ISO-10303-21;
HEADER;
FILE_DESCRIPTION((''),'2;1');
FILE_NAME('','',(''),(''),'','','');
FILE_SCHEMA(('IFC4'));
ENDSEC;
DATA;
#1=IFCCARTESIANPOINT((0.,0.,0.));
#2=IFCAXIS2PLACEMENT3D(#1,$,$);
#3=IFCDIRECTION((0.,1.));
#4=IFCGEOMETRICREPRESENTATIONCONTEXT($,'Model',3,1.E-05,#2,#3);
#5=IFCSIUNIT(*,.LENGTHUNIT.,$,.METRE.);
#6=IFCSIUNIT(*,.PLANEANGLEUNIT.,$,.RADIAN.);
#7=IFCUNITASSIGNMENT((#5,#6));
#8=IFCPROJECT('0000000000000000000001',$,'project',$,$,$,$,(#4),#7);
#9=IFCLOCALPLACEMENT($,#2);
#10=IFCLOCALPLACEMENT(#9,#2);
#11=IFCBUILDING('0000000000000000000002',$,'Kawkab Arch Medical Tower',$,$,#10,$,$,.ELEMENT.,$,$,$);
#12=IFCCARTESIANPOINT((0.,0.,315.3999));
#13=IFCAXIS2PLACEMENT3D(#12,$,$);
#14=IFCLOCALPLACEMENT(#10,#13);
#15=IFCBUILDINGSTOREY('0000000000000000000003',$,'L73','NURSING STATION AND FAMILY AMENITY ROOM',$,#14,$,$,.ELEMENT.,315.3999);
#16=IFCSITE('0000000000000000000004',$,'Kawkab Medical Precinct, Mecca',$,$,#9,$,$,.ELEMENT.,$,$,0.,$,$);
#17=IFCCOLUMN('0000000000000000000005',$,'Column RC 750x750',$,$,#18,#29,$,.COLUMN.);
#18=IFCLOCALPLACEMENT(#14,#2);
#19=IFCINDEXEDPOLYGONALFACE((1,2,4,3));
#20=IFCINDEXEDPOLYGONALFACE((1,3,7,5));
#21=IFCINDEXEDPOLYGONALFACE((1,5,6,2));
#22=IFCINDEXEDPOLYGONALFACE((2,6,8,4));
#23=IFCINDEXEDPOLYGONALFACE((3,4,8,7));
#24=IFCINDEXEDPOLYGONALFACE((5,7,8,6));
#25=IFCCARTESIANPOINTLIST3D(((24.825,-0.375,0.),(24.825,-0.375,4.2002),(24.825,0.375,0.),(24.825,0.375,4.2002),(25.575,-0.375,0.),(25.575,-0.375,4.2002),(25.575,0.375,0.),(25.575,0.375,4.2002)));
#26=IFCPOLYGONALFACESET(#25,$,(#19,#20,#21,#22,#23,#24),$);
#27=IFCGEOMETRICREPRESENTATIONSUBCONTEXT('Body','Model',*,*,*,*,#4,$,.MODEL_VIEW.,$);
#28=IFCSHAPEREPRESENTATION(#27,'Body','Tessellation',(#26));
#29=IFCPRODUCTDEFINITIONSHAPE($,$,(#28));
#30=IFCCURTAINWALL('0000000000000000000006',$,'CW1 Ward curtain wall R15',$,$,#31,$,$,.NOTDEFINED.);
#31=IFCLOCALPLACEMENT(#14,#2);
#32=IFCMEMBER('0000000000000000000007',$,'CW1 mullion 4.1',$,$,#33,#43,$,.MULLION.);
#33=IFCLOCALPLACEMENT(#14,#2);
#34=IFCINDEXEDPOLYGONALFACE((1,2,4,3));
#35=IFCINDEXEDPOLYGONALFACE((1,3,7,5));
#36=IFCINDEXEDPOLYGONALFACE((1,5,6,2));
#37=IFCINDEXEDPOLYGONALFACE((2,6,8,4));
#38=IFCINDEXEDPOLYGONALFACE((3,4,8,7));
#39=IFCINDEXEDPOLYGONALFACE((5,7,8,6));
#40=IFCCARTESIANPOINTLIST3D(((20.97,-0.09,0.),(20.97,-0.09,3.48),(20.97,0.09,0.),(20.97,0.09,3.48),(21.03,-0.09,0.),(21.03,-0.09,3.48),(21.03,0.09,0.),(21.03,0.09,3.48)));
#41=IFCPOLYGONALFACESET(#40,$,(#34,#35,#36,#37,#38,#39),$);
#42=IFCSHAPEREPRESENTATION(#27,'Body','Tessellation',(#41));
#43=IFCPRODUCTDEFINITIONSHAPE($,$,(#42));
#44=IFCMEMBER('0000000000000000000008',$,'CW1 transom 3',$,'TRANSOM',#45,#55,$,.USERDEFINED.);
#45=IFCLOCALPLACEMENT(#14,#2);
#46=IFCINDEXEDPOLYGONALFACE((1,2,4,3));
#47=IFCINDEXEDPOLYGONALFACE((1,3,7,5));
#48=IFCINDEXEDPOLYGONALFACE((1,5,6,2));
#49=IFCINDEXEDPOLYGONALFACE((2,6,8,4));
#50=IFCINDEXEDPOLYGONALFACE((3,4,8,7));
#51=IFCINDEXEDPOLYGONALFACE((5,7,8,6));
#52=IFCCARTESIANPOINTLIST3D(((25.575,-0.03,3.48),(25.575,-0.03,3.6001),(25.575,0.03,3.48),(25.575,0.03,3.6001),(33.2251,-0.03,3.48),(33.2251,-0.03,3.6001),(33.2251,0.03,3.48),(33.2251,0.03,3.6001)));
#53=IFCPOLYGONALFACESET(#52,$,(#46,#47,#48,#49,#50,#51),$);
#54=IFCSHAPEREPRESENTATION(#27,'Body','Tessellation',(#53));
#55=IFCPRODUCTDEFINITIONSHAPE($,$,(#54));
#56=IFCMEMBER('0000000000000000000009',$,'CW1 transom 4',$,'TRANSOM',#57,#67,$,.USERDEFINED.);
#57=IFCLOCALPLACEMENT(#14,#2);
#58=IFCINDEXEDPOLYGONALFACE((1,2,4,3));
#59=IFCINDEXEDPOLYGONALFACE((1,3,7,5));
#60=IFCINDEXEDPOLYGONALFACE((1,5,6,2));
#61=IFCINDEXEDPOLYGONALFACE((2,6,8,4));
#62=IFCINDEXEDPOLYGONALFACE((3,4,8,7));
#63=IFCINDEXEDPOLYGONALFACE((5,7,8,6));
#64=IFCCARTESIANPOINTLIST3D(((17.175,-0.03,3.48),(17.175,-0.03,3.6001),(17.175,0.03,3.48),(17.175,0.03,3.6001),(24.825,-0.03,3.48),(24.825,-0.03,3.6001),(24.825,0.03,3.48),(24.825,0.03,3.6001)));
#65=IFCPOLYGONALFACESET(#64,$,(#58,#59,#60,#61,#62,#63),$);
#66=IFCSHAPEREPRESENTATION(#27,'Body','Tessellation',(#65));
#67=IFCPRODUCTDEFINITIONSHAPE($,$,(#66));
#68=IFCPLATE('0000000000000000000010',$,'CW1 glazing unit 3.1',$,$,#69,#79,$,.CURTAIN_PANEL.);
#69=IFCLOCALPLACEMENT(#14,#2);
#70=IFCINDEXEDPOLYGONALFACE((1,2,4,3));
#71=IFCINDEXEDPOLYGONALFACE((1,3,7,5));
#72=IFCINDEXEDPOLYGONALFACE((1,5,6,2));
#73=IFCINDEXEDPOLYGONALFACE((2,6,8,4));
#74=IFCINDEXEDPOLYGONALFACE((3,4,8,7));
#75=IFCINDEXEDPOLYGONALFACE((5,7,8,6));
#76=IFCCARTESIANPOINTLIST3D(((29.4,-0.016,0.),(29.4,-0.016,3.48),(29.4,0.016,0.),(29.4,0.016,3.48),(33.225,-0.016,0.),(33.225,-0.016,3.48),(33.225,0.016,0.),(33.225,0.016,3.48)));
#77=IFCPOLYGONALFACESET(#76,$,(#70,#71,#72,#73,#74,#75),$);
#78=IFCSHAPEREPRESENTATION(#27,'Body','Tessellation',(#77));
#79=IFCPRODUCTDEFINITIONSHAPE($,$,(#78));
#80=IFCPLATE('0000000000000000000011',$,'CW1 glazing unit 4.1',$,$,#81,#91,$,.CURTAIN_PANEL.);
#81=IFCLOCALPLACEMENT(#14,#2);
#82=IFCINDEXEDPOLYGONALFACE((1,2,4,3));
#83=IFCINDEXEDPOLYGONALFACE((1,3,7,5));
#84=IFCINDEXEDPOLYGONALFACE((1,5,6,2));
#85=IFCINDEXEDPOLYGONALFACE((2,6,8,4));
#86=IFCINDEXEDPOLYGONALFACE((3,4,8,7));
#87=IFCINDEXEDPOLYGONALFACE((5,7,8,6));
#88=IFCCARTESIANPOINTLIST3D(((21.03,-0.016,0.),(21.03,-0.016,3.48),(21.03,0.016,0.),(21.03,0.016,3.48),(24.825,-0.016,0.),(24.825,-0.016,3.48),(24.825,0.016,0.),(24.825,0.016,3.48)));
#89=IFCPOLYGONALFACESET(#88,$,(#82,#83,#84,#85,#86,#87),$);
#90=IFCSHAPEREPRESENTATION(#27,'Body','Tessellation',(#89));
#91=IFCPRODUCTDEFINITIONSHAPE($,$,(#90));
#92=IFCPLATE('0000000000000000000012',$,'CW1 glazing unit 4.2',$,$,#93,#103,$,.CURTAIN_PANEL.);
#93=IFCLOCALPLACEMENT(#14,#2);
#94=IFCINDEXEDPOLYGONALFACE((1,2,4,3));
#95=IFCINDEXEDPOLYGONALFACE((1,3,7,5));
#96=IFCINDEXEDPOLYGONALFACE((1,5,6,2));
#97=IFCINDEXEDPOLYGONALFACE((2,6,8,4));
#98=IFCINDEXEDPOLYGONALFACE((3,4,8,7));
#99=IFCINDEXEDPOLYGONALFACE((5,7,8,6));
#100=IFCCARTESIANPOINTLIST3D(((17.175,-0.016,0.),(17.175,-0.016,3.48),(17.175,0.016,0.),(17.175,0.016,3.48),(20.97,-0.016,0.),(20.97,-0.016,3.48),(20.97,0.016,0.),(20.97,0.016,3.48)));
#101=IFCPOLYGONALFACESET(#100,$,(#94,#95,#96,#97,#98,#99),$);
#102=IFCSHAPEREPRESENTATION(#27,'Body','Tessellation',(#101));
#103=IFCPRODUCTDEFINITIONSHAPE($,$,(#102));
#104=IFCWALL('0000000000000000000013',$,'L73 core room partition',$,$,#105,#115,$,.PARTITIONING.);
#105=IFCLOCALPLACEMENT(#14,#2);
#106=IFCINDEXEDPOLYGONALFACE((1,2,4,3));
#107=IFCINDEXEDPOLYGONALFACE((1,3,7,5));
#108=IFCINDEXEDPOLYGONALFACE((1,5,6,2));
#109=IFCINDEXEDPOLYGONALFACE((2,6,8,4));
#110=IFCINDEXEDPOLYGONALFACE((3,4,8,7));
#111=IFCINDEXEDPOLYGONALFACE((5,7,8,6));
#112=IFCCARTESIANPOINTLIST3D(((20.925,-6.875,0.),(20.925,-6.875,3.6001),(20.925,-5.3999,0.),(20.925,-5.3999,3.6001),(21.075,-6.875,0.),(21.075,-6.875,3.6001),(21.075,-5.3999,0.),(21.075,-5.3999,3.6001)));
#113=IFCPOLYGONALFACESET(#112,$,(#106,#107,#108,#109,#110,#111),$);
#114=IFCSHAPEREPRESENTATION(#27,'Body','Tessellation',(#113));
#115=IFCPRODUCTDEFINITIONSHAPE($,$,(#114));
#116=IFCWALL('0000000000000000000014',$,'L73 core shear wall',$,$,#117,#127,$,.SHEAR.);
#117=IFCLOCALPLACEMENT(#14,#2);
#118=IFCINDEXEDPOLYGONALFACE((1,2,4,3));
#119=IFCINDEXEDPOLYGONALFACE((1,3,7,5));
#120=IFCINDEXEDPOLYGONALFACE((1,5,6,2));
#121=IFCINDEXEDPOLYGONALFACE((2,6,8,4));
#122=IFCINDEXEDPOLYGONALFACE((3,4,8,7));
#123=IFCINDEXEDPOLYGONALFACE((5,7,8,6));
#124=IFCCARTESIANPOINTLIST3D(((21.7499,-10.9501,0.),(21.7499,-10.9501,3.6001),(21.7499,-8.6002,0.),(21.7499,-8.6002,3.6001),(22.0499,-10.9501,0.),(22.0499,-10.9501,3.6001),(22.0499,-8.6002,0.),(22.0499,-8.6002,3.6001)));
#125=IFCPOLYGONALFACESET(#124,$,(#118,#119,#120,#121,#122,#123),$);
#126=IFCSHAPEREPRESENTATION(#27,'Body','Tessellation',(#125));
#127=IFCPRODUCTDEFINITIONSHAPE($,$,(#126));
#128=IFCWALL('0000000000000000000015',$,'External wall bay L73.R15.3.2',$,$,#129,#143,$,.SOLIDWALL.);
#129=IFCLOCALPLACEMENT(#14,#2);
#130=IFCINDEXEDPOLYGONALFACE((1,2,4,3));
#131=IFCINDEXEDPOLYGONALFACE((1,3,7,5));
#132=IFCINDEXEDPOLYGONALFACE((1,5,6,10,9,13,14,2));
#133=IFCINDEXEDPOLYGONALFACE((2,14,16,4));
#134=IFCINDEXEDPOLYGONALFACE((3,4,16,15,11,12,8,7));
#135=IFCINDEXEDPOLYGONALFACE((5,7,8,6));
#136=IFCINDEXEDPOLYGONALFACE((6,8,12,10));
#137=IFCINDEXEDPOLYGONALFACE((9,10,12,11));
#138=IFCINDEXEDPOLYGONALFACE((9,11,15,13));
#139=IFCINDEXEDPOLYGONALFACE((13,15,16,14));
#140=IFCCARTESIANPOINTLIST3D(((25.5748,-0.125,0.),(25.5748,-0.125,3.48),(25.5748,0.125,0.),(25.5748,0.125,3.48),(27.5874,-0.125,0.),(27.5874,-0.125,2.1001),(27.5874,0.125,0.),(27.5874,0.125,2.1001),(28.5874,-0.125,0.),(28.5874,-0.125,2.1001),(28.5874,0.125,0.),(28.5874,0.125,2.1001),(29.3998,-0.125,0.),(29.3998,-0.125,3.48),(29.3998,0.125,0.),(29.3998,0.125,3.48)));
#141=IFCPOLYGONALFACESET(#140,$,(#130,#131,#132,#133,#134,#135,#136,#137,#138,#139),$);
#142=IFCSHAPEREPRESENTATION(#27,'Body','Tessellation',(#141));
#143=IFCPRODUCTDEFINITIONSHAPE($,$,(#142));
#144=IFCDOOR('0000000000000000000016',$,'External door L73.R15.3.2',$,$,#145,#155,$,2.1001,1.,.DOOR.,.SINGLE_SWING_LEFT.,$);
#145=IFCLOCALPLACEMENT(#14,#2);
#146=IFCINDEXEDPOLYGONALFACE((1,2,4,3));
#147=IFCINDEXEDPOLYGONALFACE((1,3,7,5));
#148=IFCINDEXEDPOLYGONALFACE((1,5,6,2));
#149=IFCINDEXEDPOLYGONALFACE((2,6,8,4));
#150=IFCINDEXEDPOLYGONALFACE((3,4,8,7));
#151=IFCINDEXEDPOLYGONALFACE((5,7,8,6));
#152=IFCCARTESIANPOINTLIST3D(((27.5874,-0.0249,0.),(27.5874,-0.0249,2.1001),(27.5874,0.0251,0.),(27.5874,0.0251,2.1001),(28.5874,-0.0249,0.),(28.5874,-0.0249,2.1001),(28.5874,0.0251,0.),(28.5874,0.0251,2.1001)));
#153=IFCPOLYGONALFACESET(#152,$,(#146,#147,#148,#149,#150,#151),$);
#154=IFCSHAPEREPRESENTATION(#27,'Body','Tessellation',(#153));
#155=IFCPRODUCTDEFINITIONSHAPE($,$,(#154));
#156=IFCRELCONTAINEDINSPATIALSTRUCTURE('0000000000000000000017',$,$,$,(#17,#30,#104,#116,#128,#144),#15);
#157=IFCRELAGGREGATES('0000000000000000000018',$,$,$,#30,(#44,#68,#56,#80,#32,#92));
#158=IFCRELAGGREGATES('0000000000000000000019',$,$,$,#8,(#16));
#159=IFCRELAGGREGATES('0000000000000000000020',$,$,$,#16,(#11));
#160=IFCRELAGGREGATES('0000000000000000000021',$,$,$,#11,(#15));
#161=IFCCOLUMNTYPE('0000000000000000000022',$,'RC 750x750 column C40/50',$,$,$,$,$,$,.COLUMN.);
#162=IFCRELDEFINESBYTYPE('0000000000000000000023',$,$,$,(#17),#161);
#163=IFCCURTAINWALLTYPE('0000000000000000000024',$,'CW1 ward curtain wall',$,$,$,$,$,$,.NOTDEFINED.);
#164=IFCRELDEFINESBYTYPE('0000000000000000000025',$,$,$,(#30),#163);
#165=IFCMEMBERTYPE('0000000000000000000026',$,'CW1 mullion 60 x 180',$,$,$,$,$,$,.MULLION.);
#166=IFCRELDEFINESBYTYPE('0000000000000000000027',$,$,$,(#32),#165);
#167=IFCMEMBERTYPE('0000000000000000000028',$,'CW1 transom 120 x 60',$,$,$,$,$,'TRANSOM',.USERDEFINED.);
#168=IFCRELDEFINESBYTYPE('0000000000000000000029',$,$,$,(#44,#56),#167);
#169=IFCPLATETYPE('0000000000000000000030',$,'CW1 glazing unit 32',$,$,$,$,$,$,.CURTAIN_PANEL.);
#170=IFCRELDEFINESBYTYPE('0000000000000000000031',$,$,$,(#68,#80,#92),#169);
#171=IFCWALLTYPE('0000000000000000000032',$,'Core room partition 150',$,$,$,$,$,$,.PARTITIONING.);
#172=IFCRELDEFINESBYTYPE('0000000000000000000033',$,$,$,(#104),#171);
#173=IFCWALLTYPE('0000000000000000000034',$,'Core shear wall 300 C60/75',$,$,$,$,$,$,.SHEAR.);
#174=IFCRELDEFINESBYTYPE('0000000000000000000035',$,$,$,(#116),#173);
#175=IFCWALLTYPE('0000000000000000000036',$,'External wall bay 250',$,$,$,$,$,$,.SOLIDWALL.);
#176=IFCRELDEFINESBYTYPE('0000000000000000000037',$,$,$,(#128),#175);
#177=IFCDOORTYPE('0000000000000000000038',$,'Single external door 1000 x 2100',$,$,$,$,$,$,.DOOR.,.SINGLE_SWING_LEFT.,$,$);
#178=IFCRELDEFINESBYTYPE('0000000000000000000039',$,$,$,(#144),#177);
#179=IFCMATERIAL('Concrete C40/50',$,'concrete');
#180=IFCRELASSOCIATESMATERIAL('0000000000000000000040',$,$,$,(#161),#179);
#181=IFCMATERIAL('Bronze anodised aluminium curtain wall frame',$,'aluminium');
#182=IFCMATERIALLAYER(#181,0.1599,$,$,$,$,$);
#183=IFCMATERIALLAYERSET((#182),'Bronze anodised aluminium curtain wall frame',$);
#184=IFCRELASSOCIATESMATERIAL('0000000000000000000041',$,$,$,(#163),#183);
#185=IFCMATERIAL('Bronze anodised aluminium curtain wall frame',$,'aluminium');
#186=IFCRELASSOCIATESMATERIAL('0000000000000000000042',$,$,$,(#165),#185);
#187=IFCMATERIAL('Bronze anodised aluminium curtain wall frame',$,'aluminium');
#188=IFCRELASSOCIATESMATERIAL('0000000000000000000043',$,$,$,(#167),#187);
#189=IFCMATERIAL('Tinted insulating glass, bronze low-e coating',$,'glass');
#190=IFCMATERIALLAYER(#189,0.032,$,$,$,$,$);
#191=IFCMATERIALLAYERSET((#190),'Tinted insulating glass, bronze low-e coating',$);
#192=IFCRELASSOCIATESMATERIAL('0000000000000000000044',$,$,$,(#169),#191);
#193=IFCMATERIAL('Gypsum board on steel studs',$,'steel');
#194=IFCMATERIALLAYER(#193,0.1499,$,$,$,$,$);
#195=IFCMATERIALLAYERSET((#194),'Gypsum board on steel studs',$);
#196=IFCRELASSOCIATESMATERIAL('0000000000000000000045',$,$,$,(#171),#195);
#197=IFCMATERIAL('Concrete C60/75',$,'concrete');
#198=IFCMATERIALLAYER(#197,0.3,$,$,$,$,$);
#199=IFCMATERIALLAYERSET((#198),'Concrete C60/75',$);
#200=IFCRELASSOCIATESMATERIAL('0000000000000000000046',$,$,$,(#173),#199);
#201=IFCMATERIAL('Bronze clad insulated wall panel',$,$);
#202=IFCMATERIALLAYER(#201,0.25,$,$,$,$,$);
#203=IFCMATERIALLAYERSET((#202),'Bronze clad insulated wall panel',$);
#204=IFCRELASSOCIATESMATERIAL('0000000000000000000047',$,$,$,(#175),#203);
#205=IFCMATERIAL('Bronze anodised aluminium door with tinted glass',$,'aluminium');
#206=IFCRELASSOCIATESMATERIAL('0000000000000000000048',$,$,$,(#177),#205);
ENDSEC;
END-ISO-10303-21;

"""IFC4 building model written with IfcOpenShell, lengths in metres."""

from ifc_helpers import new_model, si_unit, direction, frame, frame_2d, origin, origin_2d, place, context, subcontext, project, spatial, rectangle, extrude, material, layer, layer_set, material_profile, profile_set, type_object, element, fill, aggregate, save


model = new_model("IFC4")

# Units and contexts
model_context = context("Model", 3, precision=1e-05, world=origin(), true_north=direction((0.0, 1.0)))
body_context = subcontext(model_context, "Body", "Model", "MODEL_VIEW")
ifc_project = project(units=[si_unit("LENGTHUNIT", "METRE"), si_unit("PLANEANGLEUNIT", "RADIAN")], contexts=[model_context])

# Site, building, storey
site_placement = place(None, origin())
site = spatial("IfcSite", under=ifc_project, at=site_placement, Name="Kawkab Medical Precinct, Mecca", CompositionType="ELEMENT", RefElevation=0.0)
building_placement = place(site_placement, origin())
building = spatial("IfcBuilding", under=site, at=building_placement, Name="Kawkab Arch Medical Tower", CompositionType="ELEMENT")
storey_placement = place(building_placement, frame((0.0, 0.0, 315.3999)))
storey = spatial("IfcBuildingStorey", under=building, at=storey_placement, Name="L73", Description="NURSING STATION AND FAMILY AMENITY ROOM", CompositionType="ELEMENT", Elevation=315.3999)

# Column
ifc_material_1 = material(Name="Concrete C40/50", Category="concrete")
ifc_material_profile_1 = material_profile(ifc_material_1, rectangle(XDim=0.75, YDim=0.75, at=origin_2d()), Name="RC 750x750")
ifc_profile_set_1 = profile_set([ifc_material_profile_1], Name="Concrete C40/50")
column_type = type_object("IfcColumnType", Name="RC 750x750 column C40/50", PredefinedType="COLUMN", material=ifc_profile_set_1)
column_placement = place(storey_placement, frame((25.2, 0.0, 0.0), z_axis=(0.0, 0.0, 1.0), x_axis=(1.0, 0.0, 0.0)))
element("IfcColumn", 1, at=column_placement, inside=storey, type_object=column_type, Name="Column RC 750x750", PredefinedType="COLUMN", context=body_context, shape_type="SweptSolid", body=[
    extrude(rectangle(XDim=0.75, YDim=0.75, at=origin_2d()), origin(), (0.0, 0.0, 1.0), 4.2002),
])

# Curtain wall, members, plates
ifc_material_2 = material(Name="Bronze anodised aluminium curtain wall frame", Category="aluminium")
ifc_layer_1 = layer(ifc_material_2, 0.1599)
ifc_layer_set_1 = layer_set([ifc_layer_1], Name="Bronze anodised aluminium curtain wall frame")
curtain_wall_type = type_object("IfcCurtainWallType", Name="CW1 ward curtain wall", PredefinedType="NOTDEFINED", material=ifc_layer_set_1)
placement = place(storey_placement, origin())
curtain_wall = element("IfcCurtainWall", 2, at=placement, inside=storey, type_object=curtain_wall_type, Name="CW1 Ward curtain wall R15", PredefinedType="NOTDEFINED")
ifc_material_3 = material(Name="Bronze anodised aluminium curtain wall frame", Category="aluminium")
ifc_material_profile_2 = material_profile(ifc_material_3, rectangle(XDim=0.1799, YDim=0.0601, at=origin_2d()), Name="AL 60x180")
ifc_profile_set_2 = profile_set([ifc_material_profile_2], Name="Bronze anodised aluminium curtain wall frame")
member_type_1 = type_object("IfcMemberType", Name="CW1 mullion 60 x 180", PredefinedType="MULLION", material=ifc_profile_set_2)
member_1_placement = place(storey_placement, frame((21.0, 0.0, 0.0), z_axis=(0.0, 0.0, 1.0), x_axis=(0.0, -1.0, 0.0)))
member_1 = element("IfcMember", 3, at=member_1_placement, type_object=member_type_1, Name="CW1 mullion 4.1", PredefinedType="MULLION", context=body_context, shape_type="SweptSolid", body=[
    extrude(rectangle(XDim=0.1799, YDim=0.0601, at=origin_2d()), origin(), (0.0, 0.0, 1.0), 3.48),
])
ifc_material_4 = material(Name="Bronze anodised aluminium curtain wall frame", Category="aluminium")
ifc_material_profile_3 = material_profile(ifc_material_4, rectangle(XDim=0.0601, YDim=0.1201, at=origin_2d()), Name="AL 60x120")
ifc_profile_set_3 = profile_set([ifc_material_profile_3], Name="Bronze anodised aluminium curtain wall frame")
member_type_2 = type_object("IfcMemberType", Name="CW1 transom 120 x 60", ElementType="TRANSOM", PredefinedType="USERDEFINED", material=ifc_profile_set_3)
member_2_placement = place(storey_placement, frame((33.2251, 0.0, 3.54), z_axis=(-1.0, 0.0, 0.0), x_axis=(0.0, -1.0, 0.0)))
member_2 = element("IfcMember", 4, at=member_2_placement, type_object=member_type_2, Name="CW1 transom 3", ObjectType="TRANSOM", PredefinedType="USERDEFINED", context=body_context, shape_type="SweptSolid", body=[
    extrude(rectangle(XDim=0.0601, YDim=0.1201, at=origin_2d()), origin(), (0.0, 0.0, 1.0), 7.6501),
])
member_3_placement = place(storey_placement, frame((24.825, 0.0, 3.54), z_axis=(-1.0, 0.0, 0.0), x_axis=(0.0, -1.0, 0.0)))
member_3 = element("IfcMember", 5, at=member_3_placement, type_object=member_type_2, Name="CW1 transom 4", ObjectType="TRANSOM", PredefinedType="USERDEFINED", context=body_context, shape_type="SweptSolid", body=[
    extrude(rectangle(XDim=0.0601, YDim=0.1201, at=origin_2d()), origin(), (0.0, 0.0, 1.0), 7.6499),
])
ifc_material_5 = material(Name="Tinted insulating glass, bronze low-e coating", Category="glass")
ifc_layer_2 = layer(ifc_material_5, 0.032)
ifc_layer_set_2 = layer_set([ifc_layer_2], Name="Tinted insulating glass, bronze low-e coating")
plate_type = type_object("IfcPlateType", Name="CW1 glazing unit 32", PredefinedType="CURTAIN_PANEL", material=ifc_layer_set_2)
plate_1_placement = place(storey_placement, frame((31.3125, 0.0, 0.0), z_axis=(0.0, 0.0, 1.0), x_axis=(-1.0, 0.0, 0.0)))
plate_1 = element("IfcPlate", 6, at=plate_1_placement, type_object=plate_type, Name="CW1 glazing unit 3.1", PredefinedType="CURTAIN_PANEL", context=body_context, shape_type="SweptSolid", body=[
    extrude(rectangle(XDim=3.825, YDim=0.032, at=origin_2d()), origin(), (0.0, 0.0, 1.0), 3.48),
])
plate_2_placement = place(storey_placement, frame((22.9275, 0.0, 0.0), z_axis=(0.0, 0.0, 1.0), x_axis=(-1.0, 0.0, 0.0)))
plate_2 = element("IfcPlate", 7, at=plate_2_placement, type_object=plate_type, Name="CW1 glazing unit 4.1", PredefinedType="CURTAIN_PANEL", context=body_context, shape_type="SweptSolid", body=[
    extrude(rectangle(XDim=3.7949, YDim=0.032, at=origin_2d()), origin(), (0.0, 0.0, 1.0), 3.48),
])
plate_3_placement = place(storey_placement, frame((19.0725, 0.0, 0.0), z_axis=(0.0, 0.0, 1.0), x_axis=(-1.0, 0.0, 0.0)))
plate_3 = element("IfcPlate", 8, at=plate_3_placement, type_object=plate_type, Name="CW1 glazing unit 4.2", PredefinedType="CURTAIN_PANEL", context=body_context, shape_type="SweptSolid", body=[
    extrude(rectangle(XDim=3.7949, YDim=0.032, at=origin_2d()), origin(), (0.0, 0.0, 1.0), 3.48),
])
aggregate(curtain_wall, [member_2, plate_1, member_3, plate_2, member_1, plate_3])

# Walls
ifc_material_6 = material(Name="Gypsum board on steel studs", Category="steel")
ifc_layer_3 = layer(ifc_material_6, 0.1499)
ifc_layer_set_3 = layer_set([ifc_layer_3], Name="Gypsum board on steel studs")
wall_type_1 = type_object("IfcWallType", Name="Core room partition 150", PredefinedType="PARTITIONING", material=ifc_layer_set_3)
wall_1_placement = place(storey_placement, frame((21.0, -6.875, 0.0), z_axis=(0.0, 0.0, 1.0), x_axis=(0.0, 1.0, 0.0)))
element("IfcWall", 9, at=wall_1_placement, inside=storey, type_object=wall_type_1, Name="L73 core room partition", PredefinedType="PARTITIONING", context=body_context, shape_type="SweptSolid", body=[
    extrude(rectangle(XDim=1.4751, YDim=0.1499, at=frame_2d((0.7375, 0.0))), origin(), (0.0, 0.0, 1.0), 3.6001),
])
ifc_material_7 = material(Name="Concrete C60/75", Category="concrete")
ifc_layer_4 = layer(ifc_material_7, 0.3)
ifc_layer_set_4 = layer_set([ifc_layer_4], Name="Concrete C60/75")
wall_type_2 = type_object("IfcWallType", Name="Core shear wall 300 C60/75", PredefinedType="SHEAR", material=ifc_layer_set_4)
wall_2_placement = place(storey_placement, frame((21.8999, -10.95, 0.0), z_axis=(0.0, 0.0, 1.0), x_axis=(0.0, 1.0, 0.0)))
element("IfcWall", 10, at=wall_2_placement, inside=storey, type_object=wall_type_2, Name="L73 core shear wall", PredefinedType="SHEAR", context=body_context, shape_type="SweptSolid", body=[
    extrude(rectangle(XDim=2.3499, YDim=0.3, at=frame_2d((1.1748, 0.0))), origin(), (0.0, 0.0, 1.0), 3.6001),
])

# Wall, opening, door
ifc_material_8 = material(Name="Bronze clad insulated wall panel")
ifc_layer_5 = layer(ifc_material_8, 0.25)
ifc_layer_set_5 = layer_set([ifc_layer_5], Name="Bronze clad insulated wall panel")
wall_type_3 = type_object("IfcWallType", Name="External wall bay 250", PredefinedType="SOLIDWALL", material=ifc_layer_set_5)
wall_3_placement = place(storey_placement, frame((29.3999, 0.0, 0.0), z_axis=(0.0, 0.0, 1.0), x_axis=(-1.0, 0.0, 0.0)))
wall_3 = element("IfcWall", 11, at=wall_3_placement, inside=storey, type_object=wall_type_3, Name="External wall bay L73.R15.3.2", PredefinedType="SOLIDWALL", context=body_context, shape_type="SweptSolid", body=[
    extrude(rectangle(XDim=3.825, YDim=0.25, at=frame_2d((1.9126, 0.0))), origin(), (0.0, 0.0, 1.0), 3.48),
])
opening_1_placement = place(wall_3_placement, frame((0.8125, 0.0, 0.0)))
opening_1 = element("IfcOpeningElement", 12, at=opening_1_placement, cuts=wall_3, PredefinedType="OPENING", context=body_context, shape_type="SweptSolid", body=[
    extrude(rectangle(XDim=1.0, YDim=2.1001, at=frame_2d((0.5, 1.05))), frame((0.0, 0.135, 0.0), z_axis=(0.0, -1.0, 0.0), x_axis=(1.0, 0.0, 0.0)), (0.0, 0.0, 1.0), 0.27),
])
ifc_material_9 = material(Name="Bronze anodised aluminium door with tinted glass", Category="aluminium")
door_type_1 = type_object("IfcDoorType", Name="Single external door 1000 x 2100", OperationType="SINGLE_SWING_LEFT", PredefinedType="DOOR", material=ifc_material_9)
door_1_placement = place(opening_1_placement, origin())
door_1 = element("IfcDoor", 13, at=door_1_placement, inside=storey, type_object=door_type_1, Name="External door L73.R15.3.2", OperationType="SINGLE_SWING_LEFT", OverallHeight=2.1001, OverallWidth=1.0, PredefinedType="DOOR", context=body_context, shape_type="SweptSolid", body=[
    extrude(rectangle(XDim=1.0, YDim=2.1001, at=frame_2d((0.5, 1.05))), frame((0.0, 0.0249, 0.0), z_axis=(0.0, -1.0, 0.0), x_axis=(1.0, 0.0, 0.0)), (0.0, 0.0, 1.0), 0.05),
])
fill(opening_1, door_1)

save(model, "model.ifc")
